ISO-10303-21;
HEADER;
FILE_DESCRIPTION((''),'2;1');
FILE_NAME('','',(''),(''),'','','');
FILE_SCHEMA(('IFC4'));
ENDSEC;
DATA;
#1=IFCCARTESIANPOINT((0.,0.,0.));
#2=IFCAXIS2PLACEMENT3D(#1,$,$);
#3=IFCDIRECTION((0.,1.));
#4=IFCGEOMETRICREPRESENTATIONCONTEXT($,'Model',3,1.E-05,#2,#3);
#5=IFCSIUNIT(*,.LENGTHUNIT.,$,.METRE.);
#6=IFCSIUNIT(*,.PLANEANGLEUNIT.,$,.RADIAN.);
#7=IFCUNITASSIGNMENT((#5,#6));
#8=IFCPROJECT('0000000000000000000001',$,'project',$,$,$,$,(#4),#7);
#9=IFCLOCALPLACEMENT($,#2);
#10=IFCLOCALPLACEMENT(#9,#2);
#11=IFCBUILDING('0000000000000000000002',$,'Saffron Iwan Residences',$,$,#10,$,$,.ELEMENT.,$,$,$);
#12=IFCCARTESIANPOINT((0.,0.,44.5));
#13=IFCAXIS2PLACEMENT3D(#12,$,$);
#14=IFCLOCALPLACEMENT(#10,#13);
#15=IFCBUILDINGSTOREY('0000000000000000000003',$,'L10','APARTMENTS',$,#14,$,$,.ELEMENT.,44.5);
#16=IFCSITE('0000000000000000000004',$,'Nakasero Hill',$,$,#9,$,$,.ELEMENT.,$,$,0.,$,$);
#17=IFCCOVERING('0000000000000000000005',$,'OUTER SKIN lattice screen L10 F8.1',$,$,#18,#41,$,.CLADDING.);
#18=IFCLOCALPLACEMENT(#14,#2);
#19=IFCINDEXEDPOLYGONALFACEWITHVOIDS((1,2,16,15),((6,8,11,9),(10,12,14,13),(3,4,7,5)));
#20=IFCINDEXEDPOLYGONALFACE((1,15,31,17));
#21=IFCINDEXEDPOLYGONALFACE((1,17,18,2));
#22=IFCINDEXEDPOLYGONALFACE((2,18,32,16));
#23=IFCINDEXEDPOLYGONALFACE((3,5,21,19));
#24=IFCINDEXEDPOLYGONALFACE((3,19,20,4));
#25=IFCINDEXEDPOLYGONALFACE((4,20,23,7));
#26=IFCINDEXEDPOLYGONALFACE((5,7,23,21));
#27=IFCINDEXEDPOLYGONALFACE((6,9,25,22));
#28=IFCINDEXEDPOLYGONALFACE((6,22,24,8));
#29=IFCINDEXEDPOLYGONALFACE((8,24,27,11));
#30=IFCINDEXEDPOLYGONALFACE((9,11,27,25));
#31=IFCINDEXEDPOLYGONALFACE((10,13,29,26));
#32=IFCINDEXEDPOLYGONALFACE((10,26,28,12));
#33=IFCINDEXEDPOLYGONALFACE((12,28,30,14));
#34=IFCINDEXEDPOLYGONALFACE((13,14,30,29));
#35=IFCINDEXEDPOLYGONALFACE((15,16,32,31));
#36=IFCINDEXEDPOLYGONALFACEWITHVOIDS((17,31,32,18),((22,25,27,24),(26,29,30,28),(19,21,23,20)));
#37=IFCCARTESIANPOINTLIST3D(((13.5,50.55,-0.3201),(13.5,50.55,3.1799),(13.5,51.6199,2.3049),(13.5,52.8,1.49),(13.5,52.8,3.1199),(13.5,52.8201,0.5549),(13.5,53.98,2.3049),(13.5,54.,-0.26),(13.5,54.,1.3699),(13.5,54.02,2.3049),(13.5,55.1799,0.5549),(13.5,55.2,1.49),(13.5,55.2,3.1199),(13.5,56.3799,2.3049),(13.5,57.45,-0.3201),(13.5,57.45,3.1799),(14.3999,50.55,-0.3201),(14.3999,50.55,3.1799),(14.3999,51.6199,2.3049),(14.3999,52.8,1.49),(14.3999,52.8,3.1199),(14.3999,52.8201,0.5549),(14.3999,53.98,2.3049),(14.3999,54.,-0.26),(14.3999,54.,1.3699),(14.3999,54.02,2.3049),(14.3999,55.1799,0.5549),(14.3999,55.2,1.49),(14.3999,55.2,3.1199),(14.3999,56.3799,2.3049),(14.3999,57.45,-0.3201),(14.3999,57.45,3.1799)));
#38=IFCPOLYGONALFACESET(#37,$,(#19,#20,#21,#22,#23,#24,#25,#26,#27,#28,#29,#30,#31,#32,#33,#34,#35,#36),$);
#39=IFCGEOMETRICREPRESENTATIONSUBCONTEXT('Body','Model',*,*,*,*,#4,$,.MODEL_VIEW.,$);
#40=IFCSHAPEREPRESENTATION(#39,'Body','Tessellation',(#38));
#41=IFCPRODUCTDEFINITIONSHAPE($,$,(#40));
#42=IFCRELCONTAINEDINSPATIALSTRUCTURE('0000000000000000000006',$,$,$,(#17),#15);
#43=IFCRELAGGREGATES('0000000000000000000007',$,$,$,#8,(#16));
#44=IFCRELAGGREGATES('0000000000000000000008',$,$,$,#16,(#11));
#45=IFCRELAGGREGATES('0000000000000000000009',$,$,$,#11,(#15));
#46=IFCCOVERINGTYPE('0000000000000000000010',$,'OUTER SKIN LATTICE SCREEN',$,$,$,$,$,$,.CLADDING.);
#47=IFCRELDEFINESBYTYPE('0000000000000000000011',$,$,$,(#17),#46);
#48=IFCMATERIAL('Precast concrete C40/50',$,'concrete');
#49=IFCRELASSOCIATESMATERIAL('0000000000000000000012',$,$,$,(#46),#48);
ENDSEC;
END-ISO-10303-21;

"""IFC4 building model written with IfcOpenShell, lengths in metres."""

from ifc_helpers import new_model, si_unit, direction, frame, origin, place, context, subcontext, project, spatial, polyline, outline, extrude, material, type_object, element, save


model = new_model("IFC4")

# Units and contexts
model_context = context("Model", 3, precision=1e-05, world=origin(), true_north=direction((0.0, 1.0)))
body_context = subcontext(model_context, "Body", "Model", "MODEL_VIEW")
ifc_project = project(units=[si_unit("LENGTHUNIT", "METRE"), si_unit("PLANEANGLEUNIT", "RADIAN")], contexts=[model_context])

# Site, building, storey
site_placement = place(None, origin())
site = spatial("IfcSite", under=ifc_project, at=site_placement, Name="Nakasero Hill", CompositionType="ELEMENT", RefElevation=0.0)
building_placement = place(site_placement, origin())
building = spatial("IfcBuilding", under=site, at=building_placement, Name="Saffron Iwan Residences", CompositionType="ELEMENT")
storey_placement = place(building_placement, frame((0.0, 0.0, 44.5)))
storey = spatial("IfcBuildingStorey", under=building, at=storey_placement, Name="L10", Description="APARTMENTS", CompositionType="ELEMENT", Elevation=44.5)

# Covering
ifc_material_1 = material(Name="Precast concrete C40/50", Category="concrete")
covering_type = type_object("IfcCoveringType", Name="OUTER SKIN LATTICE SCREEN", PredefinedType="CLADDING", material=ifc_material_1)
covering_placement = place(storey_placement, frame((14.3999, 57.45, -0.3201), z_axis=(-1.0, 0.0, 0.0), x_axis=(0.0, -1.0, 0.0)))
element("IfcCovering", 1, at=covering_placement, inside=storey, type_object=covering_type, Name="OUTER SKIN lattice screen L10 F8.1", PredefinedType="CLADDING", context=body_context, shape_type="SweptSolid", body=[
    extrude(outline(polyline([(0.0, 0.0), (6.8999, 0.0), (6.8999, 3.5), (0.0, 3.5), (0.0, 0.0)]), holes=[polyline([(2.27, 0.875), (3.45, 0.0601), (4.6299, 0.875), (3.45, 1.6899), (2.27, 0.875)]), polyline([(1.0701, 2.625), (2.25, 1.8101), (3.4299, 2.625), (2.25, 3.4399), (1.0701, 2.625)]), polyline([(3.47, 2.625), (4.6499, 1.8101), (5.8301, 2.625), (4.6499, 3.4399), (3.47, 2.625)])]), origin(), (0.0, 0.0, 1.0), 0.8999),
])

save(model, "model.ifc")
